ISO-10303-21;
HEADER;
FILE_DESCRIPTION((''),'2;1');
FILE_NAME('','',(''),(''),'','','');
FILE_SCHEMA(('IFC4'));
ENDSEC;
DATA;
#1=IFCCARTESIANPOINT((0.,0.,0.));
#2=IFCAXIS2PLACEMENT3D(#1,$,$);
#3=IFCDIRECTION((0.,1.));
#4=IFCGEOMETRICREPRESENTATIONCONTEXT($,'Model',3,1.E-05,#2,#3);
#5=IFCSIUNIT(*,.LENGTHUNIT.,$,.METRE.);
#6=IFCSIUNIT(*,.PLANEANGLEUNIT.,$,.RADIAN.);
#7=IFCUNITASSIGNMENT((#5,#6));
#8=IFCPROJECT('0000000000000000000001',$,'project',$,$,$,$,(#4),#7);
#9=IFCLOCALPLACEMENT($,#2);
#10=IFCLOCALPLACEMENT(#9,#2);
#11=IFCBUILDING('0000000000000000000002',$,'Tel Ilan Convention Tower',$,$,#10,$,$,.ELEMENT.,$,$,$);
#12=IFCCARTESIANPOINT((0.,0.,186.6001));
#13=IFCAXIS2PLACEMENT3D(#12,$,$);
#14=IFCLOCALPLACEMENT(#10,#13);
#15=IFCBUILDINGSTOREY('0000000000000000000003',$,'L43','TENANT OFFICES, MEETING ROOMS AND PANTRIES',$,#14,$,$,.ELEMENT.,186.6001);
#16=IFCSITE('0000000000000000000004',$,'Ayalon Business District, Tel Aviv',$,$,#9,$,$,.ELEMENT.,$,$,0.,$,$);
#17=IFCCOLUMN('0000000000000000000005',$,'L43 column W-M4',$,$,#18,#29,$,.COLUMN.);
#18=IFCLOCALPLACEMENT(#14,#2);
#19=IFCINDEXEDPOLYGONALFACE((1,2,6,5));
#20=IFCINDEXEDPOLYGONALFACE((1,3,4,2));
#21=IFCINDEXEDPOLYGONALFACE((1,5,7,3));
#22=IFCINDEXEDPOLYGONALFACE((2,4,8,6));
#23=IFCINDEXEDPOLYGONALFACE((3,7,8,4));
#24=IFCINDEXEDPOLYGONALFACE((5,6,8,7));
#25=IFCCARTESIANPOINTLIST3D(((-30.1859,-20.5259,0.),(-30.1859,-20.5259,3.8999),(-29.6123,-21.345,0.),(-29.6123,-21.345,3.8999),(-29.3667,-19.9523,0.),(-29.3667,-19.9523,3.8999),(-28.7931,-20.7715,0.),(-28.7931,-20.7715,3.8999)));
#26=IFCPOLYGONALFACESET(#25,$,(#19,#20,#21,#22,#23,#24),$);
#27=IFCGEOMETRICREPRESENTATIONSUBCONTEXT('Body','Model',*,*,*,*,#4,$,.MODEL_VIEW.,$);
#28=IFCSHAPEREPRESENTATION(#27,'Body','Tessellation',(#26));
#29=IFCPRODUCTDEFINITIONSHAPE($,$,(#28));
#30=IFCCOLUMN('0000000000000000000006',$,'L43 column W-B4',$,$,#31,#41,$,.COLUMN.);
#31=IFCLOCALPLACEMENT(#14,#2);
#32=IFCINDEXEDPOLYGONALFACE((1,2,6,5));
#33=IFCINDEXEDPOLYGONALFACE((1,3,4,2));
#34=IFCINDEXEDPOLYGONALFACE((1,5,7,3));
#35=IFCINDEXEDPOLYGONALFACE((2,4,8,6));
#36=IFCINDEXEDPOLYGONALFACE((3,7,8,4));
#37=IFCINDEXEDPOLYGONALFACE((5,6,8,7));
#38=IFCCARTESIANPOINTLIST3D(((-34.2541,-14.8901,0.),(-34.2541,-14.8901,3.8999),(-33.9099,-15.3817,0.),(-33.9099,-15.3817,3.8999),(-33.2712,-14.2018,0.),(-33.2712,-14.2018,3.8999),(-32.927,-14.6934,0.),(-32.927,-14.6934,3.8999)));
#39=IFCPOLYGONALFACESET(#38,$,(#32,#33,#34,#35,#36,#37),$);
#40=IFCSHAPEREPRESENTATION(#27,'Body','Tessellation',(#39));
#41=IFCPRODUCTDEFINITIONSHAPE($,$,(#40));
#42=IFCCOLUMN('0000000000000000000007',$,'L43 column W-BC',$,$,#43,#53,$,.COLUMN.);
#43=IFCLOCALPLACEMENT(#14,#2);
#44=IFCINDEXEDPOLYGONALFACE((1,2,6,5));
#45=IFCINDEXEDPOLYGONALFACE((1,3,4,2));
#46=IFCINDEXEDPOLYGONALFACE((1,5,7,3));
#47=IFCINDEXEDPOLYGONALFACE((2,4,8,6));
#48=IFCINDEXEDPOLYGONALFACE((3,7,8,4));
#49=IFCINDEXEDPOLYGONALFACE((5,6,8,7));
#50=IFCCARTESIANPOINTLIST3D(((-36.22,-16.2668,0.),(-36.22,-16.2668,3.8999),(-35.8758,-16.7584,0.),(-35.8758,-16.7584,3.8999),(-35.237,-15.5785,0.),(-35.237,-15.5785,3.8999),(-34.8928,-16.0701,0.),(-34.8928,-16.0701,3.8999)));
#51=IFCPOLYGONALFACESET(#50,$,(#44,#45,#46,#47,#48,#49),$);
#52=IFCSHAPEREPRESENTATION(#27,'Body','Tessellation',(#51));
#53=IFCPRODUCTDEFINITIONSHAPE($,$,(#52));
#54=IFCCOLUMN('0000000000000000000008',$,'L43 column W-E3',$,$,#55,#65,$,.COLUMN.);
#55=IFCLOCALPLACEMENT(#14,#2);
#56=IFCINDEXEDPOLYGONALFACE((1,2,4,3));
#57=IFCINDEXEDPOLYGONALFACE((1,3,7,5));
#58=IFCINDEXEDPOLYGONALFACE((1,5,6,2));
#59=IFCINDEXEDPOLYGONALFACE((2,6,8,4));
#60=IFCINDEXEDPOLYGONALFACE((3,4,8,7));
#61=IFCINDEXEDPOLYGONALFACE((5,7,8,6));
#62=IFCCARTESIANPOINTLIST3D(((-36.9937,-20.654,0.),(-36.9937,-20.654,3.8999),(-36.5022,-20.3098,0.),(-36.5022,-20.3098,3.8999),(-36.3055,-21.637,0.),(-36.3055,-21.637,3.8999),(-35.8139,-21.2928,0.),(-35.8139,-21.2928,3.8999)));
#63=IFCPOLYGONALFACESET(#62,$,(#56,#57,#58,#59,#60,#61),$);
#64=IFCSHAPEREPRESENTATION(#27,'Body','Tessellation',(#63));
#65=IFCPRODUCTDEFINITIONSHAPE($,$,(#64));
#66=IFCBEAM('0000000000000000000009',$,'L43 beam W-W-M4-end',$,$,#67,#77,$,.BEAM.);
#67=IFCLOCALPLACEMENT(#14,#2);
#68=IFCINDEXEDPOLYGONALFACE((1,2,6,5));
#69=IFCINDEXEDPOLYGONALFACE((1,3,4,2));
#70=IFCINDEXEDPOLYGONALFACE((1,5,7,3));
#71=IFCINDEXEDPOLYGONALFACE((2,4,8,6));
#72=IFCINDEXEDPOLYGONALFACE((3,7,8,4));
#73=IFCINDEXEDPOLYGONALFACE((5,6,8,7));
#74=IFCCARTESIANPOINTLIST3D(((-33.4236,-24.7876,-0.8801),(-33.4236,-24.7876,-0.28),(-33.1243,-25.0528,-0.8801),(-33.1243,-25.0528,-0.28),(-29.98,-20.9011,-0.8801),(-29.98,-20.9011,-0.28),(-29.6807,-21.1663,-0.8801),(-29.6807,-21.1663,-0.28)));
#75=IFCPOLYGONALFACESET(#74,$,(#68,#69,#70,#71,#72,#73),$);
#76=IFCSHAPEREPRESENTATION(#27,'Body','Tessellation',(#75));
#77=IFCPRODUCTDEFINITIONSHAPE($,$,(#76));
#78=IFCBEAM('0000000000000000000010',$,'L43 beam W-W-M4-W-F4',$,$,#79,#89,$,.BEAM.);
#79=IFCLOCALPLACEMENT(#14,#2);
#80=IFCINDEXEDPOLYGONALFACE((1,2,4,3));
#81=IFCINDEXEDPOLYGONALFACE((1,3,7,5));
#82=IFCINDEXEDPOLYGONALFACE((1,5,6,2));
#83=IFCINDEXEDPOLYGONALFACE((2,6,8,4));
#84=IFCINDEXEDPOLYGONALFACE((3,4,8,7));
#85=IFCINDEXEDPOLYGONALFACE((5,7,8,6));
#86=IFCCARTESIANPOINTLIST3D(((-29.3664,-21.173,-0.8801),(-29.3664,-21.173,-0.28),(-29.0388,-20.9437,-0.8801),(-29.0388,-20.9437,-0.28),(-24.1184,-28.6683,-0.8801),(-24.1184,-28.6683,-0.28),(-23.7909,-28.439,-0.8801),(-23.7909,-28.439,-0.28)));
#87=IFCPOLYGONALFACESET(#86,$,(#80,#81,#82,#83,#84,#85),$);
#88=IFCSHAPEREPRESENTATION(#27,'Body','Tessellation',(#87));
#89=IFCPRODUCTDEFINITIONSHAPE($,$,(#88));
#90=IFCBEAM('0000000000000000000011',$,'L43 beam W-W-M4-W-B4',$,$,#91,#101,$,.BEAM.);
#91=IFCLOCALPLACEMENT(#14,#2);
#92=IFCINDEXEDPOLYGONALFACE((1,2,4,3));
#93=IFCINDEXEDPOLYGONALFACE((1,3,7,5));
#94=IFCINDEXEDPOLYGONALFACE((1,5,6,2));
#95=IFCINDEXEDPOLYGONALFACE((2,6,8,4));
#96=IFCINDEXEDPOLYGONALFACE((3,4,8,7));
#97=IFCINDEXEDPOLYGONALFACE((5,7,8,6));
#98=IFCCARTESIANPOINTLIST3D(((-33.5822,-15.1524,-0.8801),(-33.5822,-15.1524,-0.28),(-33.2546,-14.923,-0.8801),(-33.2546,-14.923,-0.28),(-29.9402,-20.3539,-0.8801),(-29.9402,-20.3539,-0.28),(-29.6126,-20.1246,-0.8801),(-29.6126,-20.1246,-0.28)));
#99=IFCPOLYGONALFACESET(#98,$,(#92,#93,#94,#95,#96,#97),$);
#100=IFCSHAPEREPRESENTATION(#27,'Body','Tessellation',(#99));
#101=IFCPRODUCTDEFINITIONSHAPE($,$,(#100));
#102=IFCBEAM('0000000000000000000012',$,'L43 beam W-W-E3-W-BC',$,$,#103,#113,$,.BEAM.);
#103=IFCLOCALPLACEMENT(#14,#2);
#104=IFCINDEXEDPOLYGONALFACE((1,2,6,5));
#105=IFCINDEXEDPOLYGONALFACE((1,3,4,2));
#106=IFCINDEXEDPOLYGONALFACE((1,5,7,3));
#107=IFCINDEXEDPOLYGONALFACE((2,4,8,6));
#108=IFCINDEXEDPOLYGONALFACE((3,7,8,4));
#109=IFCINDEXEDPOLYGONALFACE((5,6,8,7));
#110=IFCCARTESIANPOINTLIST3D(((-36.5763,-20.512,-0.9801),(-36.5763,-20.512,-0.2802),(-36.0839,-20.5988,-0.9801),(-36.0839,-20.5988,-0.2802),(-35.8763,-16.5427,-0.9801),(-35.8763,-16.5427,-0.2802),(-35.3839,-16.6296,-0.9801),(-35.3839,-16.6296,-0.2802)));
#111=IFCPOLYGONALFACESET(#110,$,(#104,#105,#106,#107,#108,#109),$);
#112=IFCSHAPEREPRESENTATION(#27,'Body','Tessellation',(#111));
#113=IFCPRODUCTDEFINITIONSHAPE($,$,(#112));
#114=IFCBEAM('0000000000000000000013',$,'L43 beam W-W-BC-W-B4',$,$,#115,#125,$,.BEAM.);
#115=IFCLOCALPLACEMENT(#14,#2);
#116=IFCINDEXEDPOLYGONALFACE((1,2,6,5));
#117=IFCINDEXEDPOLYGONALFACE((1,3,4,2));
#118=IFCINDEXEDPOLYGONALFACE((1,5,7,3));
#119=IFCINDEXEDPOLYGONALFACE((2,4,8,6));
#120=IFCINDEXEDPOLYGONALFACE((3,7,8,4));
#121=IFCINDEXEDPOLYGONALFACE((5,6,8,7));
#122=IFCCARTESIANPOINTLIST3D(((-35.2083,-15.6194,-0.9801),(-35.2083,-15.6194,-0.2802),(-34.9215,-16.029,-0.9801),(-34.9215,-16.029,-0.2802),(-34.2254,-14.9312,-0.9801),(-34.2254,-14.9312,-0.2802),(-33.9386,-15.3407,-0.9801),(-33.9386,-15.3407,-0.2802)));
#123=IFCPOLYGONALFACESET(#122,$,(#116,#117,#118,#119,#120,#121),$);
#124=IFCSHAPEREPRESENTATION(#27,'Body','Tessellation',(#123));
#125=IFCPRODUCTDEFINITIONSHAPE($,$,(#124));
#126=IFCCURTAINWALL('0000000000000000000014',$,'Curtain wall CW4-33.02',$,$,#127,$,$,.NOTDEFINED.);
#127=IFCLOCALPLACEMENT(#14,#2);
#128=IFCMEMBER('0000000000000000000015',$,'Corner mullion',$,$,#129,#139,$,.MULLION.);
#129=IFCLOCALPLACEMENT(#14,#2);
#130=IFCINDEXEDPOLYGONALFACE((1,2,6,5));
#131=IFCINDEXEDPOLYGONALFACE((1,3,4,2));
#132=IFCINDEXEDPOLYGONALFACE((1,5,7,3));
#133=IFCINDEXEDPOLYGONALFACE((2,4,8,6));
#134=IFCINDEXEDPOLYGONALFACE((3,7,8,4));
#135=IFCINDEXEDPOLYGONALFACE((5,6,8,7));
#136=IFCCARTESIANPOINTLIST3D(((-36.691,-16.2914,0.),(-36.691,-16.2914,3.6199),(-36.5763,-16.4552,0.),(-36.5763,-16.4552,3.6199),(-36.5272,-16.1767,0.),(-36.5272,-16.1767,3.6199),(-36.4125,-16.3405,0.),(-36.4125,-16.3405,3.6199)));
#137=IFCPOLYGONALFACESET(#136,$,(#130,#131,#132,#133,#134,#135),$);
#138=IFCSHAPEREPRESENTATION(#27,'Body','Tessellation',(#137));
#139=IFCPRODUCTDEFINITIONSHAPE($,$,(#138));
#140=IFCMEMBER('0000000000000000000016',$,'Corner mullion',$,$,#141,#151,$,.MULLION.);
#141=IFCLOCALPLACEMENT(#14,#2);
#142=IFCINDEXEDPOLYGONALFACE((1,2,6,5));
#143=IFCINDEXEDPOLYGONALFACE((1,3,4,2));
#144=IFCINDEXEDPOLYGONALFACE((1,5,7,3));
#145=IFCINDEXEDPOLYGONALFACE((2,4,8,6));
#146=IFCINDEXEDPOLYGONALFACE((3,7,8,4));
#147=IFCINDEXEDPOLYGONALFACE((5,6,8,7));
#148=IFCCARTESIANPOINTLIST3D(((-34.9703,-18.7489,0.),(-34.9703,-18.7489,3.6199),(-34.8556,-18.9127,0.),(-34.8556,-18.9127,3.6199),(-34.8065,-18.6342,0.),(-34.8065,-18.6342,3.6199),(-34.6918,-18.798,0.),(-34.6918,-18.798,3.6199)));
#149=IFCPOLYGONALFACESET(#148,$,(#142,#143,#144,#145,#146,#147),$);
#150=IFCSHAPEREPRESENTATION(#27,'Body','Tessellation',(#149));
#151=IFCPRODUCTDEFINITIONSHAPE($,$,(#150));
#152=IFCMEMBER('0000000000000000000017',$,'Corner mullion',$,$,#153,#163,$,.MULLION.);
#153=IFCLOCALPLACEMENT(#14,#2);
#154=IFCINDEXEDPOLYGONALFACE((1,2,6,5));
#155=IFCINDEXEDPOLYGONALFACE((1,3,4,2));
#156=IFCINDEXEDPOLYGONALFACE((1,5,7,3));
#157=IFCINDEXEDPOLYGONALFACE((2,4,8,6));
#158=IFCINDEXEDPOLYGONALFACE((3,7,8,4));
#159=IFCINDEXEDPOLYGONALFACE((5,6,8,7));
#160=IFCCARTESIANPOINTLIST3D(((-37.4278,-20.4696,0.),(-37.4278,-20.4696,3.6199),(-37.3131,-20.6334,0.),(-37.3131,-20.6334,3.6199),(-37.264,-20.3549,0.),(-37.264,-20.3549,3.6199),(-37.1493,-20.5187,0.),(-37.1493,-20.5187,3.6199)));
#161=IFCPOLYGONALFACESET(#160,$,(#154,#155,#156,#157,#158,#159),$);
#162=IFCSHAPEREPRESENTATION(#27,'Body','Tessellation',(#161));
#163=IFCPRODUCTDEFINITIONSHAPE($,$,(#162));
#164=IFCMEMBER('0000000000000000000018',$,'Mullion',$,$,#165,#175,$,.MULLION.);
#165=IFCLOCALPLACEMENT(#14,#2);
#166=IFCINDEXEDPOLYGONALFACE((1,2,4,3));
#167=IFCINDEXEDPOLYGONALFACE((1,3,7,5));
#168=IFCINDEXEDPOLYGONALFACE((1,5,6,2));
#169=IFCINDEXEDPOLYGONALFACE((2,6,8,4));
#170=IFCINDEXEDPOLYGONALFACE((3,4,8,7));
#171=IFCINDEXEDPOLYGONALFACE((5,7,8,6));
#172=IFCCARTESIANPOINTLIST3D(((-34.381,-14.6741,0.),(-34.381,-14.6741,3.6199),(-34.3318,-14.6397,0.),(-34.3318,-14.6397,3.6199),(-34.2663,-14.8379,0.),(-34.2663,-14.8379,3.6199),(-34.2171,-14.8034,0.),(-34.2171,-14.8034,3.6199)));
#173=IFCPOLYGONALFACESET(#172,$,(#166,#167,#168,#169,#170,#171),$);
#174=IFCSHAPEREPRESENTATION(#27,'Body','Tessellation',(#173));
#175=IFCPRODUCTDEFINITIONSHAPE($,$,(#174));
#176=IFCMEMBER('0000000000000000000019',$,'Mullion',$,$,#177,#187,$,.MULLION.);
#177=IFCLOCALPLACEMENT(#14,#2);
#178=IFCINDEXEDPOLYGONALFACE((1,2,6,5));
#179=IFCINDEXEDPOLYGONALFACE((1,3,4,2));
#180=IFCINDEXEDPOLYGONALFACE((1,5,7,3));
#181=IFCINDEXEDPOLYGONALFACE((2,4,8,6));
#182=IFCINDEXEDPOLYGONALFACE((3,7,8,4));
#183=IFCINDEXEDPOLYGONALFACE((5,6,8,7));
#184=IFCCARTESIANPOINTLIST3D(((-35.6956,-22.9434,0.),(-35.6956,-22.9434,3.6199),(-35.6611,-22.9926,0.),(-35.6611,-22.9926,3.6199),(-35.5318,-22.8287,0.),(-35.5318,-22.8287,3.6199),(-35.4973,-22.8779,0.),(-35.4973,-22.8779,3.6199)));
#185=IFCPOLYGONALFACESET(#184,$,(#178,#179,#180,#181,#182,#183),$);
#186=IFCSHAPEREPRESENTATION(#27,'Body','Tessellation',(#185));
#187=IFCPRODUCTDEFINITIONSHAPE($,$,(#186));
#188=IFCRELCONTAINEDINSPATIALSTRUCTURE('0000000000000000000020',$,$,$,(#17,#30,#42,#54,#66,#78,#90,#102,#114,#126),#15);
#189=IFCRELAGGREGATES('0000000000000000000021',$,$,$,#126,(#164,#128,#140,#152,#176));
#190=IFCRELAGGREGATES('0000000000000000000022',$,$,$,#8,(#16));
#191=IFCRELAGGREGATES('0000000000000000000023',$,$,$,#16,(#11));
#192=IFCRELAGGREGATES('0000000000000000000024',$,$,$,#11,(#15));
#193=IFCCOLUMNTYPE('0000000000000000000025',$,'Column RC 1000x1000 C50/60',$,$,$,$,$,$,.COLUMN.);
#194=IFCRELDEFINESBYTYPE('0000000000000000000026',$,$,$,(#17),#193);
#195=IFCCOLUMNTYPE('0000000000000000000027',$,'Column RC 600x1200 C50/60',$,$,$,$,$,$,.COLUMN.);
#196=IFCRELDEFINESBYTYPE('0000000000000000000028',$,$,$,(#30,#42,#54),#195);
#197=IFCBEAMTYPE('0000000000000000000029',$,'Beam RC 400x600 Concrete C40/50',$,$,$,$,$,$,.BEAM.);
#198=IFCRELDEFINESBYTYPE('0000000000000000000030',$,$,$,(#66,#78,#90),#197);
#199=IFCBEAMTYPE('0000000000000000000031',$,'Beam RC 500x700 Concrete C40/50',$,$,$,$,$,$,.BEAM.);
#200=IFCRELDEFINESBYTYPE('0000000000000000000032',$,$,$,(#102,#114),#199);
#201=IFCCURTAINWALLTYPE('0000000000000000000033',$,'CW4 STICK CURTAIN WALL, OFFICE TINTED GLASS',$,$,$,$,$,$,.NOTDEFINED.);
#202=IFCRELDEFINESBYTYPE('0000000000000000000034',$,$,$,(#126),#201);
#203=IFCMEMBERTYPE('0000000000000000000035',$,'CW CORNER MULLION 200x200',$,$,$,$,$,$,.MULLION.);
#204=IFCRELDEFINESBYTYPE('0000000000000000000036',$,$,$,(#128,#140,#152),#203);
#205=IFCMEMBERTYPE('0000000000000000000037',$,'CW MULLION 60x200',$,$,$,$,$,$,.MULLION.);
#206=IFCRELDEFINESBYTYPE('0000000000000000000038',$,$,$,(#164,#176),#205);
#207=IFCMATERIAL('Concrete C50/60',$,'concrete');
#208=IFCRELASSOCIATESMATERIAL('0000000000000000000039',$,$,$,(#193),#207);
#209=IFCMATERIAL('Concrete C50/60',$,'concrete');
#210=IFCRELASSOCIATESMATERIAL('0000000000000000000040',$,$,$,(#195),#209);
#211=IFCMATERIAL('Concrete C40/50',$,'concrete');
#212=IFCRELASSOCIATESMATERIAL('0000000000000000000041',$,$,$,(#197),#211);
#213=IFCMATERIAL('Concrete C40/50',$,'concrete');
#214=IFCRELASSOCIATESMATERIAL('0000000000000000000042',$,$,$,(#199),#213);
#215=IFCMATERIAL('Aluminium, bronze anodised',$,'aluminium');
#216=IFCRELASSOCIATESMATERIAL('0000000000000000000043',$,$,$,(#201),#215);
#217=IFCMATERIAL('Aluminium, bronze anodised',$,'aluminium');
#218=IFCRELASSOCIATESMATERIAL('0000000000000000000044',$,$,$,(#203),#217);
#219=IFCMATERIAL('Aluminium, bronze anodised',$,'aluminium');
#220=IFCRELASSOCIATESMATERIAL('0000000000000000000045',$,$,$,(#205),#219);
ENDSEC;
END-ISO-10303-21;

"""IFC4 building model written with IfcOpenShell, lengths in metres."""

from ifc_helpers import new_model, si_unit, direction, frame, origin, origin_2d, place, context, subcontext, project, spatial, rectangle, extrude, material, material_profile, profile_set, type_object, element, aggregate, save


model = new_model("IFC4")

# Units and contexts
model_context = context("Model", 3, precision=1e-05, world=origin(), true_north=direction((0.0, 1.0)))
body_context = subcontext(model_context, "Body", "Model", "MODEL_VIEW")
ifc_project = project(units=[si_unit("LENGTHUNIT", "METRE"), si_unit("PLANEANGLEUNIT", "RADIAN")], contexts=[model_context])

# Site, building, storey
site_placement = place(None, origin())
site = spatial("IfcSite", under=ifc_project, at=site_placement, Name="Ayalon Business District, Tel Aviv", CompositionType="ELEMENT", RefElevation=0.0)
building_placement = place(site_placement, origin())
building = spatial("IfcBuilding", under=site, at=building_placement, Name="Tel Ilan Convention Tower", CompositionType="ELEMENT")
storey_placement = place(building_placement, frame((0.0, 0.0, 186.6001)))
storey = spatial("IfcBuildingStorey", under=building, at=storey_placement, Name="L43", Description="TENANT OFFICES, MEETING ROOMS AND PANTRIES", CompositionType="ELEMENT", Elevation=186.6001)

# Columns
ifc_material_1 = material(Name="Concrete C50/60", Category="concrete")
ifc_material_profile_1 = material_profile(ifc_material_1, rectangle(XDim=1.0, YDim=1.0, at=origin_2d()), Name="RC 1000x1000")
ifc_profile_set_1 = profile_set([ifc_material_profile_1], Name="Concrete C50/60")
column_type_1 = type_object("IfcColumnType", Name="Column RC 1000x1000 C50/60", PredefinedType="COLUMN", material=ifc_profile_set_1)
column_placement = place(storey_placement, frame((-29.4895, -20.6487, 0.0), z_axis=(0.0, 0.0, 1.0), x_axis=(-0.819152, -0.573576, 0.0)))
element("IfcColumn", 1, at=column_placement, inside=storey, type_object=column_type_1, Name="L43 column W-M4", PredefinedType="COLUMN", context=body_context, shape_type="SweptSolid", body=[
    extrude(rectangle(XDim=1.0, YDim=1.0, at=origin_2d()), origin(), (0.0, 0.0, 1.0), 3.8999),
])
ifc_material_2 = material(Name="Concrete C50/60", Category="concrete")
ifc_material_profile_2 = material_profile(ifc_material_2, rectangle(XDim=1.2, YDim=0.6001, at=origin_2d()), Name="RC 600x1200")
ifc_profile_set_2 = profile_set([ifc_material_profile_2], Name="Concrete C50/60")
column_type_2 = type_object("IfcColumnType", Name="Column RC 600x1200 C50/60", PredefinedType="COLUMN", material=ifc_profile_set_2)
for number, where, z_axis, x_axis, name in (
    (2, (-33.5906, -14.7917, 0.0), (0.0, 0.0, 1.0), (-0.819152, -0.573576, 0.0), "L43 column W-B4"),
    (3, (-35.5564, -16.1685, 0.0), (0.0, 0.0, 1.0), (-0.819152, -0.573576, 0.0), "L43 column W-BC"),
    (4, (-36.4038, -20.9734, 0.0), (0.0, 0.0, 1.0), (-0.573576, 0.819152, 0.0), "L43 column W-E3"),
):
    element("IfcColumn", number, at=place(storey_placement, frame(where, z_axis=z_axis, x_axis=x_axis)), inside=storey, type_object=column_type_2, Name=name, PredefinedType="COLUMN", context=body_context, shape_type="SweptSolid", body=[
        extrude(rectangle(XDim=1.2, YDim=0.6001, at=origin_2d()), origin(), (0.0, 0.0, 1.0), 3.8999),
    ])

# Beams
ifc_material_3 = material(Name="Concrete C40/50", Category="concrete")
ifc_material_profile_3 = material_profile(ifc_material_3, rectangle(XDim=0.3999, YDim=0.6001, at=origin_2d()), Name="RC 400x600")
ifc_profile_set_3 = profile_set([ifc_material_profile_3], Name="Concrete C40/50")
beam_type_1 = type_object("IfcBeamType", Name="Beam RC 400x600 Concrete C40/50", PredefinedType="BEAM", material=ifc_profile_set_3)
beam_1_placement = place(storey_placement, frame((-29.8303, -21.0337, -0.5801), z_axis=(-0.663175, -0.748464, 0.0), x_axis=(0.748464, -0.663175, 0.0)))
element("IfcBeam", 5, at=beam_1_placement, inside=storey, type_object=beam_type_1, Name="L43 beam W-W-M4-end", PredefinedType="BEAM", context=body_context, shape_type="SweptSolid", body=[
    extrude(rectangle(XDim=0.3999, YDim=0.6001, at=origin_2d()), origin(), (0.0, 0.0, 1.0), 5.1926),
])
beam_2_placement = place(storey_placement, frame((-29.2026, -21.0583, -0.5801), z_axis=(0.573557, -0.819165, 0.0), x_axis=(0.819165, 0.573557, 0.0)))
element("IfcBeam", 6, at=beam_2_placement, inside=storey, type_object=beam_type_1, Name="L43 beam W-W-M4-W-F4", PredefinedType="BEAM", context=body_context, shape_type="SweptSolid", body=[
    extrude(rectangle(XDim=0.3999, YDim=0.6001, at=origin_2d()), origin(), (0.0, 0.0, 1.0), 9.1499),
])
beam_3_placement = place(storey_placement, frame((-29.7764, -20.2393, -0.5801), z_axis=(-0.57356, 0.819163, 0.0), x_axis=(-0.819163, -0.57356, 0.0)))
element("IfcBeam", 7, at=beam_3_placement, inside=storey, type_object=beam_type_1, Name="L43 beam W-W-M4-W-B4", PredefinedType="BEAM", context=body_context, shape_type="SweptSolid", body=[
    extrude(rectangle(XDim=0.3999, YDim=0.6001, at=origin_2d()), origin(), (0.0, 0.0, 1.0), 6.3499),
])
ifc_material_4 = material(Name="Concrete C40/50", Category="concrete")
ifc_material_profile_4 = material_profile(ifc_material_4, rectangle(XDim=0.5, YDim=0.7, at=origin_2d()), Name="RC 500x700")
ifc_profile_set_4 = profile_set([ifc_material_profile_4], Name="Concrete C40/50")
beam_type_2 = type_object("IfcBeamType", Name="Beam RC 500x700 Concrete C40/50", PredefinedType="BEAM", material=ifc_profile_set_4)
beam_4_placement = place(storey_placement, frame((-36.3301, -20.5554, -0.6301), z_axis=(0.173664, 0.984805, 0.0), x_axis=(-0.984805, 0.173664, 0.0)))
element("IfcBeam", 8, at=beam_4_placement, inside=storey, type_object=beam_type_2, Name="L43 beam W-W-E3-W-BC", PredefinedType="BEAM", context=body_context, shape_type="SweptSolid", body=[
    extrude(rectangle(XDim=0.5, YDim=0.7, at=origin_2d()), origin(), (0.0, 0.0, 1.0), 4.0305),
])
beam_5_placement = place(storey_placement, frame((-35.0649, -15.8242, -0.6301), z_axis=(0.819155, 0.573572, 0.0), x_axis=(-0.573572, 0.819155, 0.0)))
element("IfcBeam", 9, at=beam_5_placement, inside=storey, type_object=beam_type_2, Name="L43 beam W-W-BC-W-B4", PredefinedType="BEAM", context=body_context, shape_type="SweptSolid", body=[
    extrude(rectangle(XDim=0.5, YDim=0.7, at=origin_2d()), origin(), (0.0, 0.0, 1.0), 1.2),
])

# Curtain wall, members
ifc_material_5 = material(Name="Aluminium, bronze anodised", Category="aluminium")
curtain_wall_type = type_object("IfcCurtainWallType", Name="CW4 STICK CURTAIN WALL, OFFICE TINTED GLASS", PredefinedType="NOTDEFINED", material=ifc_material_5)
curtain_wall_placement = place(storey_placement, origin())
curtain_wall = element("IfcCurtainWall", 10, at=curtain_wall_placement, inside=storey, type_object=curtain_wall_type, Name="Curtain wall CW4-33.02", PredefinedType="NOTDEFINED")
ifc_material_6 = material(Name="Aluminium, bronze anodised", Category="aluminium")
ifc_material_profile_5 = material_profile(ifc_material_6, rectangle(XDim=0.2, YDim=0.2, at=origin_2d()), Name="CW CORNER MULLION 200x200")
ifc_profile_set_5 = profile_set([ifc_material_profile_5], Name="Aluminium, bronze anodised")
member_type_1 = type_object("IfcMemberType", Name="CW CORNER MULLION 200x200", PredefinedType="MULLION", material=ifc_profile_set_5)
member_1_placement = place(storey_placement, frame((-36.5518, -16.3159, 0.0), z_axis=(0.0, 0.0, 1.0), x_axis=(-0.819152, -0.573576, 0.0)))
member_1 = element("IfcMember", 11, at=member_1_placement, type_object=member_type_1, Name="Corner mullion", PredefinedType="MULLION", context=body_context, shape_type="SweptSolid", body=[
    extrude(rectangle(XDim=0.2, YDim=0.2, at=origin_2d()), origin(), (0.0, 0.0, 1.0), 3.6199),
])
member_2_placement = place(storey_placement, frame((-34.8311, -18.7734, 0.0), z_axis=(0.0, 0.0, 1.0), x_axis=(0.573576, -0.819152, 0.0)))
member_2 = element("IfcMember", 12, at=member_2_placement, type_object=member_type_1, Name="Corner mullion", PredefinedType="MULLION", context=body_context, shape_type="SweptSolid", body=[
    extrude(rectangle(XDim=0.2, YDim=0.2, at=origin_2d()), origin(), (0.0, 0.0, 1.0), 3.6199),
])
member_3_placement = place(storey_placement, frame((-37.2886, -20.4941, 0.0), z_axis=(0.0, 0.0, 1.0), x_axis=(-0.819152, -0.573576, 0.0)))
member_3 = element("IfcMember", 13, at=member_3_placement, type_object=member_type_1, Name="Corner mullion", PredefinedType="MULLION", context=body_context, shape_type="SweptSolid", body=[
    extrude(rectangle(XDim=0.2, YDim=0.2, at=origin_2d()), origin(), (0.0, 0.0, 1.0), 3.6199),
])
ifc_material_7 = material(Name="Aluminium, bronze anodised", Category="aluminium")
ifc_material_profile_6 = material_profile(ifc_material_7, rectangle(XDim=0.0601, YDim=0.2, at=origin_2d()), Name="CW MULLION 60x200")
ifc_profile_set_6 = profile_set([ifc_material_profile_6], Name="Aluminium, bronze anodised")
member_type_2 = type_object("IfcMemberType", Name="CW MULLION 60x200", PredefinedType="MULLION", material=ifc_profile_set_6)
member_4_placement = place(storey_placement, frame((-34.2991, -14.7388, 0.0), z_axis=(0.0, 0.0, 1.0), x_axis=(-0.819152, -0.573576, 0.0)))
member_4 = element("IfcMember", 14, at=member_4_placement, type_object=member_type_2, Name="Mullion", PredefinedType="MULLION", context=body_context, shape_type="SweptSolid", body=[
    extrude(rectangle(XDim=0.0601, YDim=0.2, at=origin_2d()), origin(), (0.0, 0.0, 1.0), 3.6199),
])
member_5_placement = place(storey_placement, frame((-35.5964, -22.9106, 0.0), z_axis=(0.0, 0.0, 1.0), x_axis=(0.573576, -0.819152, 0.0)))
member_5 = element("IfcMember", 15, at=member_5_placement, type_object=member_type_2, Name="Mullion", PredefinedType="MULLION", context=body_context, shape_type="SweptSolid", body=[
    extrude(rectangle(XDim=0.0601, YDim=0.2, at=origin_2d()), origin(), (0.0, 0.0, 1.0), 3.6199),
])
aggregate(curtain_wall, [member_4, member_1, member_2, member_3, member_5])

save(model, "model.ifc")
